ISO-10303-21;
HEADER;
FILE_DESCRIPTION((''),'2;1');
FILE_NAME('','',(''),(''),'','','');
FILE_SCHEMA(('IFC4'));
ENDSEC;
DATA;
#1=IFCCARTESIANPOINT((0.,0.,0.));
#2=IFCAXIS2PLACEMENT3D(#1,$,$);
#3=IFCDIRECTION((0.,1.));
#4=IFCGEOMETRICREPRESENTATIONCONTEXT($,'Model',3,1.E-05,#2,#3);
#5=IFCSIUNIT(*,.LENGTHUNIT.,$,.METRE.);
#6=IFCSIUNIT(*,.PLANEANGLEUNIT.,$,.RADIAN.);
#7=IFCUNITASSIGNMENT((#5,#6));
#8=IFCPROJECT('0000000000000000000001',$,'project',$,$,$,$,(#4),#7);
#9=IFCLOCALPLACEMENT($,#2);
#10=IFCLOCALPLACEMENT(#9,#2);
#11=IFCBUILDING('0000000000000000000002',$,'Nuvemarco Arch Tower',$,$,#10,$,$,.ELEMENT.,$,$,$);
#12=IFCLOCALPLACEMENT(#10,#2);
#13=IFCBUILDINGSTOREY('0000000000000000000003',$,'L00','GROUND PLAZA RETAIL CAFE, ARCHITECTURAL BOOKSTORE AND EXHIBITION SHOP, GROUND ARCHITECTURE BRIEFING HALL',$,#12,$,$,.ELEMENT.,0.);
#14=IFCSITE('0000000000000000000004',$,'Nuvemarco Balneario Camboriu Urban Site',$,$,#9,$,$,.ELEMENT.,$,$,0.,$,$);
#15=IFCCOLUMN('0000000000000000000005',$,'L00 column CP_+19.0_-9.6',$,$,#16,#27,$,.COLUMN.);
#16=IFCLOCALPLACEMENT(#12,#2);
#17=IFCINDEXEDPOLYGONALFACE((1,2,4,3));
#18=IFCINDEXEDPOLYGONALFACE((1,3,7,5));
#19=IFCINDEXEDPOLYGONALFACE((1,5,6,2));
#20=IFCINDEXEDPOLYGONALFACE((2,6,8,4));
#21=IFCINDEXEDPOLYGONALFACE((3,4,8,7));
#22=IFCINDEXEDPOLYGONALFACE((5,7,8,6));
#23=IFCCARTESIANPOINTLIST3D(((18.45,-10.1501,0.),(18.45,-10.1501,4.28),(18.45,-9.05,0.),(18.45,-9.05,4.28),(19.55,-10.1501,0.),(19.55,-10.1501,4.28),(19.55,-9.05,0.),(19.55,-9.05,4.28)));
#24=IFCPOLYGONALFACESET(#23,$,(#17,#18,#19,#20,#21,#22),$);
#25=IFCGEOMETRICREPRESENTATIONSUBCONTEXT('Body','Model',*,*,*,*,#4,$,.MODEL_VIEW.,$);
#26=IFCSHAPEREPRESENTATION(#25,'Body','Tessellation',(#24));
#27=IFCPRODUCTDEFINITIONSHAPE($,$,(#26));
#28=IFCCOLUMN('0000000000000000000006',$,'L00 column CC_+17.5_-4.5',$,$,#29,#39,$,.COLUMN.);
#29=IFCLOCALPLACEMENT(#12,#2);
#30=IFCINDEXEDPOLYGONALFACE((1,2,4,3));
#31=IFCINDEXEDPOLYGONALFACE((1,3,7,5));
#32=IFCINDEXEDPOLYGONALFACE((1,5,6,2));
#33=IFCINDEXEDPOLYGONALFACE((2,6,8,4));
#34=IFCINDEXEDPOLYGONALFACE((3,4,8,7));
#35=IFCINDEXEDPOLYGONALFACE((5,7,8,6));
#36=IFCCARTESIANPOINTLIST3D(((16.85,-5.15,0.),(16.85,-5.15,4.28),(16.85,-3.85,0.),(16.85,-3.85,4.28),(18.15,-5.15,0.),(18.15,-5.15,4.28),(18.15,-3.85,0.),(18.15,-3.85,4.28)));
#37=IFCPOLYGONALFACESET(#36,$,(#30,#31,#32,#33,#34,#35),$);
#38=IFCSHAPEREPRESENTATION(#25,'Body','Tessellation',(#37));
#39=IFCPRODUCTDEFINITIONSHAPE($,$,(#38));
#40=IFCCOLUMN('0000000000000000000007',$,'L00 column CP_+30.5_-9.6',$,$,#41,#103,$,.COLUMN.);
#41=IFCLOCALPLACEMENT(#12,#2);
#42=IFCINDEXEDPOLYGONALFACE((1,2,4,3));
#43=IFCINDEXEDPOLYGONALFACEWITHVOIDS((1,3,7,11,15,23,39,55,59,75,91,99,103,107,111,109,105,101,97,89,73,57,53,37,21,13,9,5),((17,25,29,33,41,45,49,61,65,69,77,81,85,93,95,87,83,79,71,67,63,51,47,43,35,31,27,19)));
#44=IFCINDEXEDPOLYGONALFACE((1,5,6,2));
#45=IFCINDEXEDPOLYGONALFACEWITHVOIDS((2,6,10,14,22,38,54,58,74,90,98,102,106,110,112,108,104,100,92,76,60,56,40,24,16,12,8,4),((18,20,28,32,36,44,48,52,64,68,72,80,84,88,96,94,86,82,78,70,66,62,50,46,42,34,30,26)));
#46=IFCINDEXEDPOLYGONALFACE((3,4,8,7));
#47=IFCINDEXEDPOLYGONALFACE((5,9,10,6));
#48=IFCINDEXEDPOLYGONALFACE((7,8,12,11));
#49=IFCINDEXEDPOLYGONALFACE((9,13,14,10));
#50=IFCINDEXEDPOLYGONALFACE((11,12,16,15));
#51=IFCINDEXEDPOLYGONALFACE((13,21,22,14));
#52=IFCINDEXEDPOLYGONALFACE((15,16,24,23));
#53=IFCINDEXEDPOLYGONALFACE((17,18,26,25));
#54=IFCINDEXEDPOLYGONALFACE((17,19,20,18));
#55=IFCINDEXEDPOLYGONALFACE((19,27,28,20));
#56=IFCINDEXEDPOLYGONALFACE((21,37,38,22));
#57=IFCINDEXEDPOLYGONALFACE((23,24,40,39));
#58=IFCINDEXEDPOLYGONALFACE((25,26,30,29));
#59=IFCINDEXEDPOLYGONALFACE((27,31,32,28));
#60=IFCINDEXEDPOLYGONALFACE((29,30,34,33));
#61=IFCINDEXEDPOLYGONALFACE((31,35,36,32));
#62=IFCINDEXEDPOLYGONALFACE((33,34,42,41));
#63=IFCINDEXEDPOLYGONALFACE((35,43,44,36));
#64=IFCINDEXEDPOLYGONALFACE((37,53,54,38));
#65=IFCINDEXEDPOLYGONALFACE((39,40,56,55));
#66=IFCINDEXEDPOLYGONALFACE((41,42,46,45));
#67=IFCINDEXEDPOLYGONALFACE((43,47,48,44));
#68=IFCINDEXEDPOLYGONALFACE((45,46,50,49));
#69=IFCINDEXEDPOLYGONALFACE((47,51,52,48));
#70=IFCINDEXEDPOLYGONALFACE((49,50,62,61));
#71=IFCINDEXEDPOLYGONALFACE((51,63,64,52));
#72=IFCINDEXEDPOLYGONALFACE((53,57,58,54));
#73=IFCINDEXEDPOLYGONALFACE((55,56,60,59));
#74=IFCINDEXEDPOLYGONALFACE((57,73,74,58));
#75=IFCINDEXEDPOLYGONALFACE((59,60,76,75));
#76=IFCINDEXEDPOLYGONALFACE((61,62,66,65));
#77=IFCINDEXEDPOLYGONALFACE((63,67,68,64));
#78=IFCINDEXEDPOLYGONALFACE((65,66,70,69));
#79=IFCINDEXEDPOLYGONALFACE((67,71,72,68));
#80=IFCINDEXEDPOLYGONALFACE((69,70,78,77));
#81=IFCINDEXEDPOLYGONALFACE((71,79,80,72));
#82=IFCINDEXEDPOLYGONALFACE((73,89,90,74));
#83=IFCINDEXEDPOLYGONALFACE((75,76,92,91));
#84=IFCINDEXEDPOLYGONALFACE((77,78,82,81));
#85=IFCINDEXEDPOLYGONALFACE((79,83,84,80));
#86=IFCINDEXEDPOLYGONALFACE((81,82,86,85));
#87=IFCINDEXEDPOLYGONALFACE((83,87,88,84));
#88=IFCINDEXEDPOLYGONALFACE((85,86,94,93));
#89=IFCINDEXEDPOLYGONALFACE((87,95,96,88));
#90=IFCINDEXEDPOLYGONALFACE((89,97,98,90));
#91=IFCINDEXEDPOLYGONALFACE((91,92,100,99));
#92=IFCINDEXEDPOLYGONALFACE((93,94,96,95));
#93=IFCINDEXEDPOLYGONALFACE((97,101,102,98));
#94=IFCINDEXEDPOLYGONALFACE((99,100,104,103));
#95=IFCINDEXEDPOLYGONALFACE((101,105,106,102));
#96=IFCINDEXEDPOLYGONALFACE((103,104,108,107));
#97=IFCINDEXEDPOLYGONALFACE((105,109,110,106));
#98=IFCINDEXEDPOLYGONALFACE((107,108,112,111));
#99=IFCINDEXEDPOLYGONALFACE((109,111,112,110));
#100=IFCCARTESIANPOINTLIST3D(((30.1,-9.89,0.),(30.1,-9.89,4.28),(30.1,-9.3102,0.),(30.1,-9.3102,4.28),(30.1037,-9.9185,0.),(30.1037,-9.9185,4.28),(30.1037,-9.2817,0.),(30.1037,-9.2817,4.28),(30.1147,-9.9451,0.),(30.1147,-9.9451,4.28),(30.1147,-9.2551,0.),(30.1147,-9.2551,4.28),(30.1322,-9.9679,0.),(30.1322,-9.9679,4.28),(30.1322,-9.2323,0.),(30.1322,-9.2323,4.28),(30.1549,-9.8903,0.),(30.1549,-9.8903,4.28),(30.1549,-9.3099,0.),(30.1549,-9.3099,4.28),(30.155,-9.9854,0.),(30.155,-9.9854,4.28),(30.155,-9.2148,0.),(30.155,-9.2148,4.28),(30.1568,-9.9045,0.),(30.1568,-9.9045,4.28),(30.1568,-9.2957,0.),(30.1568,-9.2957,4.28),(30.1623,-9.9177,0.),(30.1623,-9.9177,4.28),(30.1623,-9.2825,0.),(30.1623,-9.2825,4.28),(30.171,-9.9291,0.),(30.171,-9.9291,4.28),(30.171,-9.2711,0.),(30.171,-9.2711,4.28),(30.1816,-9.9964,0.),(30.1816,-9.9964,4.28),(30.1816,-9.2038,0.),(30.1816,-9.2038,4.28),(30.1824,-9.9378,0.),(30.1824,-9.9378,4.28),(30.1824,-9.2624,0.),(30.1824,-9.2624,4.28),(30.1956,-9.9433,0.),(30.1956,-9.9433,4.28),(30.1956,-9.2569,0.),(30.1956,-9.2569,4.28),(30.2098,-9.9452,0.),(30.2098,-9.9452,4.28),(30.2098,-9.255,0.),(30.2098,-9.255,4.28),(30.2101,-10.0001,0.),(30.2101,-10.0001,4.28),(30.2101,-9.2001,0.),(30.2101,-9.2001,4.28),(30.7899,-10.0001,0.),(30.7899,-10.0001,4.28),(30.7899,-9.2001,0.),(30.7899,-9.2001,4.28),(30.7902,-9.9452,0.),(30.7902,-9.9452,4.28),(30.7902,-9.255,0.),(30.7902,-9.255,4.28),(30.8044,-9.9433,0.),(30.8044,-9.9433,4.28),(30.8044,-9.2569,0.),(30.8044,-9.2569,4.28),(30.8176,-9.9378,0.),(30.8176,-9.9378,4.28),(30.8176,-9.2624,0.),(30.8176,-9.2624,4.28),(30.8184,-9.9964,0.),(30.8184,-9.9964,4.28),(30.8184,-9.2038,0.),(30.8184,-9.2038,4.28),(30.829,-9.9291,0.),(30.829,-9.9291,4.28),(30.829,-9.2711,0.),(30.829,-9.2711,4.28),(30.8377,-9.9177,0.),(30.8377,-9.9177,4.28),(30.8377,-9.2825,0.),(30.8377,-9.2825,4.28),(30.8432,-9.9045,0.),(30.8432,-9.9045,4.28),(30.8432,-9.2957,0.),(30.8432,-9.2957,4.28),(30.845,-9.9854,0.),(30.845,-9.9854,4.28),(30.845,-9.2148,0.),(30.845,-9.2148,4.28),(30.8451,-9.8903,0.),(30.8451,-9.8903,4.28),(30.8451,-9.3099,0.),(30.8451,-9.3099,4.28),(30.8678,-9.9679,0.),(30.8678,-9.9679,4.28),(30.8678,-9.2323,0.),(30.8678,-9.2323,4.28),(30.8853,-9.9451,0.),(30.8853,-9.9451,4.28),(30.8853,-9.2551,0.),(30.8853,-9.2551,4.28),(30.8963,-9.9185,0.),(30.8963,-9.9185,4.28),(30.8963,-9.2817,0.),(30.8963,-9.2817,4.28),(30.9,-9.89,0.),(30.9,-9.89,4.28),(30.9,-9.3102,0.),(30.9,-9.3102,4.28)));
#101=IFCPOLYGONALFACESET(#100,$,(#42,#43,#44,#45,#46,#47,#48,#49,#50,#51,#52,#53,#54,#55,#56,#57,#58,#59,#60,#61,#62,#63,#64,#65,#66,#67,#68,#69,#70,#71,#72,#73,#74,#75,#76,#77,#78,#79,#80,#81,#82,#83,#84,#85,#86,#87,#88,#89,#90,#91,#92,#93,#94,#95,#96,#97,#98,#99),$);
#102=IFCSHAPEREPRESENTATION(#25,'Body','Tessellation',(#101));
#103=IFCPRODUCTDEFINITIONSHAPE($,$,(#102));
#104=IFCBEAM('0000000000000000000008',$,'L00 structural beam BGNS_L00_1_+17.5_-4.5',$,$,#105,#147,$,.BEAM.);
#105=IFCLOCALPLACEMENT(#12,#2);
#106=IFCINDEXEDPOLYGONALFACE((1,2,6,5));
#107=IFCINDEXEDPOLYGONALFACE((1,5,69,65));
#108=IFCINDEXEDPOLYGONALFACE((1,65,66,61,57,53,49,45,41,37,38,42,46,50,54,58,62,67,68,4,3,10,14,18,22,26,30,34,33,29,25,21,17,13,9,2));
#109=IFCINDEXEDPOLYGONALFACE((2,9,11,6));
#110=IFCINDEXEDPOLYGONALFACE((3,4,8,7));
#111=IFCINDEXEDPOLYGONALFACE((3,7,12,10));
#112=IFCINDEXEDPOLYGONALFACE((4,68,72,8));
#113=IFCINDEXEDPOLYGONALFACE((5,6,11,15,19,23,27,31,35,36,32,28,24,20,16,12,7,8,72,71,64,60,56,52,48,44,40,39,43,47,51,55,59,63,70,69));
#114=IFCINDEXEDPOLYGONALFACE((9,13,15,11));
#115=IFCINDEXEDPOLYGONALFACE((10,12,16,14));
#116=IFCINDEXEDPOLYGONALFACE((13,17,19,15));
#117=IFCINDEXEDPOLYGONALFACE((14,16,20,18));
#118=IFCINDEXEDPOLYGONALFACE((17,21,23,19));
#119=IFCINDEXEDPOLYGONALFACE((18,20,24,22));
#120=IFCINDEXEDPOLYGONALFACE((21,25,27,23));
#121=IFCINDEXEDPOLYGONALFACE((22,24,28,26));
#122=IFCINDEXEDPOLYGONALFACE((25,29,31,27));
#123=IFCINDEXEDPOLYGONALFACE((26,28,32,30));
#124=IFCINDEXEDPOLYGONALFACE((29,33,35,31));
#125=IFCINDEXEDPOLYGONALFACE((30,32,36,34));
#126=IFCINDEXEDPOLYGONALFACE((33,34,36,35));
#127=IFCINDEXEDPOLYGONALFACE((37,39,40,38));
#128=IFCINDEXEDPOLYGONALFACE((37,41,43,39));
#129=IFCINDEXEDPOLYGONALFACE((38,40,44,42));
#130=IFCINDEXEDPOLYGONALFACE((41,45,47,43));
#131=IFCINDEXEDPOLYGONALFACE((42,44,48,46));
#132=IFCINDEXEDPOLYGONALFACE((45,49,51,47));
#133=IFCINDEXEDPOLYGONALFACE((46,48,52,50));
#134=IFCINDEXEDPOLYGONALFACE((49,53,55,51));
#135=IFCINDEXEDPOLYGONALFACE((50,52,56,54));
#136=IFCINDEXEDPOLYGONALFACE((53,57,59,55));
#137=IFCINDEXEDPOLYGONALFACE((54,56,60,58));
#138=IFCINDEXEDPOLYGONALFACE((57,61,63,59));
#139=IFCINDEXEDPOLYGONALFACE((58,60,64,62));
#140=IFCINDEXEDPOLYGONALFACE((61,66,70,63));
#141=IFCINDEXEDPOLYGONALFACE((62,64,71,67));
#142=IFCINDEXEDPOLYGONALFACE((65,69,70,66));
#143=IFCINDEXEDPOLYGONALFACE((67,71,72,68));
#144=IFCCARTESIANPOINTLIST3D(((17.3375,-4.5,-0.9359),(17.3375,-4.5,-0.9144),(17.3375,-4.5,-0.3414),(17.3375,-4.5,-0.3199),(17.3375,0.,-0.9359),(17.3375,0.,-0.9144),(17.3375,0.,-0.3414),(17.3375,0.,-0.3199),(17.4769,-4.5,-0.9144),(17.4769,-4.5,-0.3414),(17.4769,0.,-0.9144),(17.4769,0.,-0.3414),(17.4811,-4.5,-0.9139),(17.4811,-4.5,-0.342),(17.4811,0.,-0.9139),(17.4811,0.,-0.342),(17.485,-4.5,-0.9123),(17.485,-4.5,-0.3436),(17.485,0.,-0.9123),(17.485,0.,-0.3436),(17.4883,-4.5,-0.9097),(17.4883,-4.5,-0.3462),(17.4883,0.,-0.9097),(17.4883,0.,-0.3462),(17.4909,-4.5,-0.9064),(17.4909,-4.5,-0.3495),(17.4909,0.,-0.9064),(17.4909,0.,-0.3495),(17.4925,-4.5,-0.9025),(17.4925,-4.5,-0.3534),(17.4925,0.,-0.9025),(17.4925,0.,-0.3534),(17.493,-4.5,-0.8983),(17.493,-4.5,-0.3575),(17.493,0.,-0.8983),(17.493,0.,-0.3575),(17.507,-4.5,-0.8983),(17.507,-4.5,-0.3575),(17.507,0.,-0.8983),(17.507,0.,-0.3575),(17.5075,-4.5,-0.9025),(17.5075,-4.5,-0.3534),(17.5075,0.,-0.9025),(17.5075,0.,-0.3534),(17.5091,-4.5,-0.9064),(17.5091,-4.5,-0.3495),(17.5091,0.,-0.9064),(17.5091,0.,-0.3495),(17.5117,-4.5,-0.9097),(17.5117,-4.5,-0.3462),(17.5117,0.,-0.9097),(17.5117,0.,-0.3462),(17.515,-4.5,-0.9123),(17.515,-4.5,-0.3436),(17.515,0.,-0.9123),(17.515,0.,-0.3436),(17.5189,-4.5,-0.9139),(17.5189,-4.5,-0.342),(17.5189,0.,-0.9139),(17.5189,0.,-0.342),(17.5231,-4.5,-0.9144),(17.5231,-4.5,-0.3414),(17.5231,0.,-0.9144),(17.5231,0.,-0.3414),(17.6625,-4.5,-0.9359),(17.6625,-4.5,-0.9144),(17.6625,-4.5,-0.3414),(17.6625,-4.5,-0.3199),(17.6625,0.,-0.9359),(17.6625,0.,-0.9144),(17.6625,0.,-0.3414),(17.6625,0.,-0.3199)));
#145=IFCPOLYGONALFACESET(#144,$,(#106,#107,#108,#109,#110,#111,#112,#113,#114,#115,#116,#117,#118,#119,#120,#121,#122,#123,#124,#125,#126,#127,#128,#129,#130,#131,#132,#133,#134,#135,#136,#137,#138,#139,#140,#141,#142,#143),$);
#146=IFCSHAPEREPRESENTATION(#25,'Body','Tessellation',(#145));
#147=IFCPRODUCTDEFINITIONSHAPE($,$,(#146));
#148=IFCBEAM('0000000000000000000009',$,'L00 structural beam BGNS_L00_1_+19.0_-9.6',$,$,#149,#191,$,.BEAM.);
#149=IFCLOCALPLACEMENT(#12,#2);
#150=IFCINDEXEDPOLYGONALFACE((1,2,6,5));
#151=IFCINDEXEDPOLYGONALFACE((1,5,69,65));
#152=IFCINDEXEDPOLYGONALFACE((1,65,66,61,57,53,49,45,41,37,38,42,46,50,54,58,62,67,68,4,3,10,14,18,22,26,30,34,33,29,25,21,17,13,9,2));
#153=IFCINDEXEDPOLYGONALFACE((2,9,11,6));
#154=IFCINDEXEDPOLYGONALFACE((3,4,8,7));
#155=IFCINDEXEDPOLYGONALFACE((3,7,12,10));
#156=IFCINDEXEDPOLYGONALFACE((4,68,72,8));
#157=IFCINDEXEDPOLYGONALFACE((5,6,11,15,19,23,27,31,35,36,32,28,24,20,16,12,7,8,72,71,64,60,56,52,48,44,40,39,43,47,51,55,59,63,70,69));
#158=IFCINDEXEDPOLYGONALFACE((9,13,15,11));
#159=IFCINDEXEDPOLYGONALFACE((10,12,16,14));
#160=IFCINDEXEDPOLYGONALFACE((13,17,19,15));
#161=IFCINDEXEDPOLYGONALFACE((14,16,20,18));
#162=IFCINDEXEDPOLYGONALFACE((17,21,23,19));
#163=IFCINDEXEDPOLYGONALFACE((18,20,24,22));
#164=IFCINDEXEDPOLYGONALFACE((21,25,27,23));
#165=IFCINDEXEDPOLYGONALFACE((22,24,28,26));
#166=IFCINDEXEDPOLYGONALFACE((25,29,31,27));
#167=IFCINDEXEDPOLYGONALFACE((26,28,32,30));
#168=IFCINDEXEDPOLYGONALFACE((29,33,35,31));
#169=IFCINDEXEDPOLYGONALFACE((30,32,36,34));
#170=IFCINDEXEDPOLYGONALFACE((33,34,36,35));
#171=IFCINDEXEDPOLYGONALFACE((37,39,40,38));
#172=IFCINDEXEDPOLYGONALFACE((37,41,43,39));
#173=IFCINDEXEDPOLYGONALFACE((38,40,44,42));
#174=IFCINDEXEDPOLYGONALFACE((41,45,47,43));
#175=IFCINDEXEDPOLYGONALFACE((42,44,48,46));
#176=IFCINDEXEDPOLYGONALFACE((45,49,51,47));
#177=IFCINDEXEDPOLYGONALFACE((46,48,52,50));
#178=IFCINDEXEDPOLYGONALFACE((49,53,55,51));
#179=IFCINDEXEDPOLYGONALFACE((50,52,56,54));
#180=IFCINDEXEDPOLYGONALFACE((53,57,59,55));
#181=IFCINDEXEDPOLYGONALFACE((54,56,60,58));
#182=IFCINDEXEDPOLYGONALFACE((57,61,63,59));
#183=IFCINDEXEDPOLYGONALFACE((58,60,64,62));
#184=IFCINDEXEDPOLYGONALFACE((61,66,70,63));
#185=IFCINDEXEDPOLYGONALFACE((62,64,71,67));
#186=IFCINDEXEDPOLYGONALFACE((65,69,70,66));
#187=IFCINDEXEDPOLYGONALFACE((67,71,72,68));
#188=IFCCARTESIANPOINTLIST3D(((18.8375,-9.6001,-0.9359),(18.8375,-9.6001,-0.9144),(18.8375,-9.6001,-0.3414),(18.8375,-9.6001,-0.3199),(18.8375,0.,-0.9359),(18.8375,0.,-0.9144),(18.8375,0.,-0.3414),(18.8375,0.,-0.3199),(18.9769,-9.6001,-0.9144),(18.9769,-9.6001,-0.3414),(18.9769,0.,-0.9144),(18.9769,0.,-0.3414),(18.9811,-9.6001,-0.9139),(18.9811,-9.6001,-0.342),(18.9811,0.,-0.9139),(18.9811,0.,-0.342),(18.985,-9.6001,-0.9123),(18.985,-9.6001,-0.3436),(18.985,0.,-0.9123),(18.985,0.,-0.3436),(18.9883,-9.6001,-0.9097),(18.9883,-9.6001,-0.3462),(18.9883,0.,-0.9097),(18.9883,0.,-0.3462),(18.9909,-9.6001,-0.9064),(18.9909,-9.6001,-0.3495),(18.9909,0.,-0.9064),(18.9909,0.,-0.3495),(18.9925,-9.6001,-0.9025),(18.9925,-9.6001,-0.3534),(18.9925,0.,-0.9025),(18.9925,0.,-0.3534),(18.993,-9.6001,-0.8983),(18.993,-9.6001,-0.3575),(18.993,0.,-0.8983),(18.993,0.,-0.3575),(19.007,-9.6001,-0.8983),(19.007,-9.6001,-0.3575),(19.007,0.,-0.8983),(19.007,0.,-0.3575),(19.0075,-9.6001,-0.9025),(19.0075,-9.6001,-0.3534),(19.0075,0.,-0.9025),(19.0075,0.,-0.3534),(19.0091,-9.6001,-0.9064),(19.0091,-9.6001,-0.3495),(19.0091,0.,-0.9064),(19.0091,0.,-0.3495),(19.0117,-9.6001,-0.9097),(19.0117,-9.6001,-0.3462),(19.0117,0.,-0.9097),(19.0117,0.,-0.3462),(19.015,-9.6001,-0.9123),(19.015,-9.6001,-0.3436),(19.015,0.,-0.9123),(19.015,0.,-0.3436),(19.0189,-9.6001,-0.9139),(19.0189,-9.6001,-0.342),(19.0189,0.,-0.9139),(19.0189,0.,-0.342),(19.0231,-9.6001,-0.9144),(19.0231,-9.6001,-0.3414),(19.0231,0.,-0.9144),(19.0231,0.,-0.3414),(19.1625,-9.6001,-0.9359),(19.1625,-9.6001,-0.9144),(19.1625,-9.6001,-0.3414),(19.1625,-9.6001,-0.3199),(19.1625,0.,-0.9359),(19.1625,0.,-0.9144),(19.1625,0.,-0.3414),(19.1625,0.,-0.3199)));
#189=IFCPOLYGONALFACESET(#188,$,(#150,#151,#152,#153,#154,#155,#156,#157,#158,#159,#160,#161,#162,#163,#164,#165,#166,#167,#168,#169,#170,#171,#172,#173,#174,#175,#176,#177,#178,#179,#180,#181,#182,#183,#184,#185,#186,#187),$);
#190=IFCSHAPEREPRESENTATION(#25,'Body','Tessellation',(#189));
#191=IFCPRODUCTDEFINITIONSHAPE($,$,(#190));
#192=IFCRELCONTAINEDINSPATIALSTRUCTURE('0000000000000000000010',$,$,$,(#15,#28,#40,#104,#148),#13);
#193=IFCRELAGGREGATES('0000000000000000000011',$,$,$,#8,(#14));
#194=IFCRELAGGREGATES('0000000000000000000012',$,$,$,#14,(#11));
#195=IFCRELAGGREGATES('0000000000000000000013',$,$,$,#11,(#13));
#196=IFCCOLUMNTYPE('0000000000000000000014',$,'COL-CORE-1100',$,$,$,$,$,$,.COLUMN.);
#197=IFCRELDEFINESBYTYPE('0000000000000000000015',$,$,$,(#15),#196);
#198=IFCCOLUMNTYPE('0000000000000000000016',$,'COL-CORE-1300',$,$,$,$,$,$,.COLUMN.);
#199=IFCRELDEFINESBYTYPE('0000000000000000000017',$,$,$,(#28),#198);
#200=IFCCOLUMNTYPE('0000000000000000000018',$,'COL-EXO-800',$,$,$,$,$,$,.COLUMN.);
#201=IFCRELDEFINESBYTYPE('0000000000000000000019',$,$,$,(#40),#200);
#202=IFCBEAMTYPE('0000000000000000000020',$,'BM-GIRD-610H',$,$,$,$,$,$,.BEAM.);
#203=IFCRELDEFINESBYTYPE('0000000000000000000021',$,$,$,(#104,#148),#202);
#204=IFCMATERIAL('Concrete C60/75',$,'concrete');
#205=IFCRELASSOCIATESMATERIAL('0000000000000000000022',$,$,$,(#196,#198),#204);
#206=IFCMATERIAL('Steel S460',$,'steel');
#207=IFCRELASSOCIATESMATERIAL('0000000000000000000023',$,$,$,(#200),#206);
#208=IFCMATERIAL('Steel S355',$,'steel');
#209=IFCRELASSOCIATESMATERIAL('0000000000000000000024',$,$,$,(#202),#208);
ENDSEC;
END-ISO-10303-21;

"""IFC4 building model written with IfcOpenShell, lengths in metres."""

from ifc_helpers import new_model, si_unit, direction, frame, origin, origin_2d, place, context, subcontext, project, spatial, rectangle, hollow_rectangle, i_section, extrude, material, material_profile, profile_set, type_object, element, save


model = new_model("IFC4")

# Units and contexts
model_context = context("Model", 3, precision=1e-05, world=origin(), true_north=direction((0.0, 1.0)))
body_context = subcontext(model_context, "Body", "Model", "MODEL_VIEW")
ifc_project = project(units=[si_unit("LENGTHUNIT", "METRE"), si_unit("PLANEANGLEUNIT", "RADIAN")], contexts=[model_context])

# Site, building, storey
site_placement = place(None, origin())
site = spatial("IfcSite", under=ifc_project, at=site_placement, Name="Nuvemarco Balneario Camboriu Urban Site", CompositionType="ELEMENT", RefElevation=0.0)
building_placement = place(site_placement, origin())
building = spatial("IfcBuilding", under=site, at=building_placement, Name="Nuvemarco Arch Tower", CompositionType="ELEMENT")
storey_placement = place(building_placement, origin())
storey = spatial("IfcBuildingStorey", under=building, at=storey_placement, Name="L00", Description="GROUND PLAZA RETAIL CAFE, ARCHITECTURAL BOOKSTORE AND EXHIBITION SHOP, GROUND ARCHITECTURE BRIEFING HALL", CompositionType="ELEMENT", Elevation=0.0)

# Columns
ifc_material_1 = material(Name="Concrete C60/75", Category="concrete")
ifc_material_profile_1 = material_profile(ifc_material_1, rectangle(XDim=1.1001, YDim=1.1001, at=origin_2d()), Name="RC-COL-1100x1100")
ifc_profile_set_1 = profile_set([ifc_material_profile_1], Name="Concrete C60/75")
column_type_1 = type_object("IfcColumnType", Name="COL-CORE-1100", PredefinedType="COLUMN", material=ifc_profile_set_1)
column_1_placement = place(storey_placement, frame((19.0, -9.6001, 0.0), z_axis=(0.0, 0.0, 1.0), x_axis=(1.0, 0.0, 0.0)))
element("IfcColumn", 1, at=column_1_placement, inside=storey, type_object=column_type_1, Name="L00 column CP_+19.0_-9.6", PredefinedType="COLUMN", context=body_context, shape_type="SweptSolid", body=[
    extrude(rectangle(XDim=1.1001, YDim=1.1001, at=origin_2d()), origin(), (0.0, 0.0, 1.0), 4.28),
])
ifc_material_profile_2 = material_profile(ifc_material_1, rectangle(XDim=1.3, YDim=1.3, at=origin_2d()), Name="RC-COL-1300x1300")
ifc_profile_set_2 = profile_set([ifc_material_profile_2], Name="Concrete C60/75")
column_type_2 = type_object("IfcColumnType", Name="COL-CORE-1300", PredefinedType="COLUMN", material=ifc_profile_set_2)
column_2_placement = place(storey_placement, frame((17.5, -4.5, 0.0), z_axis=(0.0, 0.0, 1.0), x_axis=(1.0, 0.0, 0.0)))
element("IfcColumn", 2, at=column_2_placement, inside=storey, type_object=column_type_2, Name="L00 column CC_+17.5_-4.5", PredefinedType="COLUMN", context=body_context, shape_type="SweptSolid", body=[
    extrude(rectangle(XDim=1.3, YDim=1.3, at=origin_2d()), origin(), (0.0, 0.0, 1.0), 4.28),
])
ifc_material_2 = material(Name="Steel S460", Category="steel")
ifc_material_profile_3 = material_profile(ifc_material_2, hollow_rectangle(XDim=0.8, YDim=0.8, WallThickness=0.0549, InnerFilletRadius=0.0549, OuterFilletRadius=0.1101, at=origin_2d()), Name="SHS800x800x55")
ifc_profile_set_3 = profile_set([ifc_material_profile_3], Name="Steel S460")
column_type_3 = type_object("IfcColumnType", Name="COL-EXO-800", PredefinedType="COLUMN", material=ifc_profile_set_3)
column_3_placement = place(storey_placement, frame((30.5, -9.6001, 0.0), z_axis=(0.0, 0.0, 1.0), x_axis=(1.0, 0.0, 0.0)))
element("IfcColumn", 3, at=column_3_placement, inside=storey, type_object=column_type_3, Name="L00 column CP_+30.5_-9.6", PredefinedType="COLUMN", context=body_context, shape_type="SweptSolid", body=[
    extrude(hollow_rectangle(XDim=0.8, YDim=0.8, WallThickness=0.0549, InnerFilletRadius=0.0549, OuterFilletRadius=0.1101, at=origin_2d()), origin(), (0.0, 0.0, 1.0), 4.28),
])

# Beams
ifc_material_3 = material(Name="Steel S355", Category="steel")
ifc_material_profile_4 = material_profile(ifc_material_3, i_section(OverallWidth=0.325, OverallDepth=0.616, WebThickness=0.0139, FlangeThickness=0.0215, FilletRadius=0.0161, at=origin_2d()), Name="W610x174")
ifc_profile_set_4 = profile_set([ifc_material_profile_4], Name="Steel S355")
beam_type_1 = type_object("IfcBeamType", Name="BM-GIRD-610H", PredefinedType="BEAM", material=ifc_profile_set_4)
beam_1_placement = place(storey_placement, frame((17.5, -4.5, -0.6279), z_axis=(0.0, 1.0, 0.0), x_axis=(-1.0, 0.0, 0.0)))
element("IfcBeam", 4, at=beam_1_placement, inside=storey, type_object=beam_type_1, Name="L00 structural beam BGNS_L00_1_+17.5_-4.5", PredefinedType="BEAM", context=body_context, shape_type="SweptSolid", body=[
    extrude(i_section(OverallWidth=0.325, OverallDepth=0.616, WebThickness=0.0139, FlangeThickness=0.0215, FilletRadius=0.0161, at=origin_2d()), origin(), (0.0, 0.0, 1.0), 4.5),
])
beam_2_placement = place(storey_placement, frame((19.0, -9.6001, -0.6279), z_axis=(0.0, 1.0, 0.0), x_axis=(-1.0, 0.0, 0.0)))
element("IfcBeam", 5, at=beam_2_placement, inside=storey, type_object=beam_type_1, Name="L00 structural beam BGNS_L00_1_+19.0_-9.6", PredefinedType="BEAM", context=body_context, shape_type="SweptSolid", body=[
    extrude(i_section(OverallWidth=0.325, OverallDepth=0.616, WebThickness=0.0139, FlangeThickness=0.0215, FilletRadius=0.0161, at=origin_2d()), origin(), (0.0, 0.0, 1.0), 9.6001),
])

save(model, "model.ifc")
